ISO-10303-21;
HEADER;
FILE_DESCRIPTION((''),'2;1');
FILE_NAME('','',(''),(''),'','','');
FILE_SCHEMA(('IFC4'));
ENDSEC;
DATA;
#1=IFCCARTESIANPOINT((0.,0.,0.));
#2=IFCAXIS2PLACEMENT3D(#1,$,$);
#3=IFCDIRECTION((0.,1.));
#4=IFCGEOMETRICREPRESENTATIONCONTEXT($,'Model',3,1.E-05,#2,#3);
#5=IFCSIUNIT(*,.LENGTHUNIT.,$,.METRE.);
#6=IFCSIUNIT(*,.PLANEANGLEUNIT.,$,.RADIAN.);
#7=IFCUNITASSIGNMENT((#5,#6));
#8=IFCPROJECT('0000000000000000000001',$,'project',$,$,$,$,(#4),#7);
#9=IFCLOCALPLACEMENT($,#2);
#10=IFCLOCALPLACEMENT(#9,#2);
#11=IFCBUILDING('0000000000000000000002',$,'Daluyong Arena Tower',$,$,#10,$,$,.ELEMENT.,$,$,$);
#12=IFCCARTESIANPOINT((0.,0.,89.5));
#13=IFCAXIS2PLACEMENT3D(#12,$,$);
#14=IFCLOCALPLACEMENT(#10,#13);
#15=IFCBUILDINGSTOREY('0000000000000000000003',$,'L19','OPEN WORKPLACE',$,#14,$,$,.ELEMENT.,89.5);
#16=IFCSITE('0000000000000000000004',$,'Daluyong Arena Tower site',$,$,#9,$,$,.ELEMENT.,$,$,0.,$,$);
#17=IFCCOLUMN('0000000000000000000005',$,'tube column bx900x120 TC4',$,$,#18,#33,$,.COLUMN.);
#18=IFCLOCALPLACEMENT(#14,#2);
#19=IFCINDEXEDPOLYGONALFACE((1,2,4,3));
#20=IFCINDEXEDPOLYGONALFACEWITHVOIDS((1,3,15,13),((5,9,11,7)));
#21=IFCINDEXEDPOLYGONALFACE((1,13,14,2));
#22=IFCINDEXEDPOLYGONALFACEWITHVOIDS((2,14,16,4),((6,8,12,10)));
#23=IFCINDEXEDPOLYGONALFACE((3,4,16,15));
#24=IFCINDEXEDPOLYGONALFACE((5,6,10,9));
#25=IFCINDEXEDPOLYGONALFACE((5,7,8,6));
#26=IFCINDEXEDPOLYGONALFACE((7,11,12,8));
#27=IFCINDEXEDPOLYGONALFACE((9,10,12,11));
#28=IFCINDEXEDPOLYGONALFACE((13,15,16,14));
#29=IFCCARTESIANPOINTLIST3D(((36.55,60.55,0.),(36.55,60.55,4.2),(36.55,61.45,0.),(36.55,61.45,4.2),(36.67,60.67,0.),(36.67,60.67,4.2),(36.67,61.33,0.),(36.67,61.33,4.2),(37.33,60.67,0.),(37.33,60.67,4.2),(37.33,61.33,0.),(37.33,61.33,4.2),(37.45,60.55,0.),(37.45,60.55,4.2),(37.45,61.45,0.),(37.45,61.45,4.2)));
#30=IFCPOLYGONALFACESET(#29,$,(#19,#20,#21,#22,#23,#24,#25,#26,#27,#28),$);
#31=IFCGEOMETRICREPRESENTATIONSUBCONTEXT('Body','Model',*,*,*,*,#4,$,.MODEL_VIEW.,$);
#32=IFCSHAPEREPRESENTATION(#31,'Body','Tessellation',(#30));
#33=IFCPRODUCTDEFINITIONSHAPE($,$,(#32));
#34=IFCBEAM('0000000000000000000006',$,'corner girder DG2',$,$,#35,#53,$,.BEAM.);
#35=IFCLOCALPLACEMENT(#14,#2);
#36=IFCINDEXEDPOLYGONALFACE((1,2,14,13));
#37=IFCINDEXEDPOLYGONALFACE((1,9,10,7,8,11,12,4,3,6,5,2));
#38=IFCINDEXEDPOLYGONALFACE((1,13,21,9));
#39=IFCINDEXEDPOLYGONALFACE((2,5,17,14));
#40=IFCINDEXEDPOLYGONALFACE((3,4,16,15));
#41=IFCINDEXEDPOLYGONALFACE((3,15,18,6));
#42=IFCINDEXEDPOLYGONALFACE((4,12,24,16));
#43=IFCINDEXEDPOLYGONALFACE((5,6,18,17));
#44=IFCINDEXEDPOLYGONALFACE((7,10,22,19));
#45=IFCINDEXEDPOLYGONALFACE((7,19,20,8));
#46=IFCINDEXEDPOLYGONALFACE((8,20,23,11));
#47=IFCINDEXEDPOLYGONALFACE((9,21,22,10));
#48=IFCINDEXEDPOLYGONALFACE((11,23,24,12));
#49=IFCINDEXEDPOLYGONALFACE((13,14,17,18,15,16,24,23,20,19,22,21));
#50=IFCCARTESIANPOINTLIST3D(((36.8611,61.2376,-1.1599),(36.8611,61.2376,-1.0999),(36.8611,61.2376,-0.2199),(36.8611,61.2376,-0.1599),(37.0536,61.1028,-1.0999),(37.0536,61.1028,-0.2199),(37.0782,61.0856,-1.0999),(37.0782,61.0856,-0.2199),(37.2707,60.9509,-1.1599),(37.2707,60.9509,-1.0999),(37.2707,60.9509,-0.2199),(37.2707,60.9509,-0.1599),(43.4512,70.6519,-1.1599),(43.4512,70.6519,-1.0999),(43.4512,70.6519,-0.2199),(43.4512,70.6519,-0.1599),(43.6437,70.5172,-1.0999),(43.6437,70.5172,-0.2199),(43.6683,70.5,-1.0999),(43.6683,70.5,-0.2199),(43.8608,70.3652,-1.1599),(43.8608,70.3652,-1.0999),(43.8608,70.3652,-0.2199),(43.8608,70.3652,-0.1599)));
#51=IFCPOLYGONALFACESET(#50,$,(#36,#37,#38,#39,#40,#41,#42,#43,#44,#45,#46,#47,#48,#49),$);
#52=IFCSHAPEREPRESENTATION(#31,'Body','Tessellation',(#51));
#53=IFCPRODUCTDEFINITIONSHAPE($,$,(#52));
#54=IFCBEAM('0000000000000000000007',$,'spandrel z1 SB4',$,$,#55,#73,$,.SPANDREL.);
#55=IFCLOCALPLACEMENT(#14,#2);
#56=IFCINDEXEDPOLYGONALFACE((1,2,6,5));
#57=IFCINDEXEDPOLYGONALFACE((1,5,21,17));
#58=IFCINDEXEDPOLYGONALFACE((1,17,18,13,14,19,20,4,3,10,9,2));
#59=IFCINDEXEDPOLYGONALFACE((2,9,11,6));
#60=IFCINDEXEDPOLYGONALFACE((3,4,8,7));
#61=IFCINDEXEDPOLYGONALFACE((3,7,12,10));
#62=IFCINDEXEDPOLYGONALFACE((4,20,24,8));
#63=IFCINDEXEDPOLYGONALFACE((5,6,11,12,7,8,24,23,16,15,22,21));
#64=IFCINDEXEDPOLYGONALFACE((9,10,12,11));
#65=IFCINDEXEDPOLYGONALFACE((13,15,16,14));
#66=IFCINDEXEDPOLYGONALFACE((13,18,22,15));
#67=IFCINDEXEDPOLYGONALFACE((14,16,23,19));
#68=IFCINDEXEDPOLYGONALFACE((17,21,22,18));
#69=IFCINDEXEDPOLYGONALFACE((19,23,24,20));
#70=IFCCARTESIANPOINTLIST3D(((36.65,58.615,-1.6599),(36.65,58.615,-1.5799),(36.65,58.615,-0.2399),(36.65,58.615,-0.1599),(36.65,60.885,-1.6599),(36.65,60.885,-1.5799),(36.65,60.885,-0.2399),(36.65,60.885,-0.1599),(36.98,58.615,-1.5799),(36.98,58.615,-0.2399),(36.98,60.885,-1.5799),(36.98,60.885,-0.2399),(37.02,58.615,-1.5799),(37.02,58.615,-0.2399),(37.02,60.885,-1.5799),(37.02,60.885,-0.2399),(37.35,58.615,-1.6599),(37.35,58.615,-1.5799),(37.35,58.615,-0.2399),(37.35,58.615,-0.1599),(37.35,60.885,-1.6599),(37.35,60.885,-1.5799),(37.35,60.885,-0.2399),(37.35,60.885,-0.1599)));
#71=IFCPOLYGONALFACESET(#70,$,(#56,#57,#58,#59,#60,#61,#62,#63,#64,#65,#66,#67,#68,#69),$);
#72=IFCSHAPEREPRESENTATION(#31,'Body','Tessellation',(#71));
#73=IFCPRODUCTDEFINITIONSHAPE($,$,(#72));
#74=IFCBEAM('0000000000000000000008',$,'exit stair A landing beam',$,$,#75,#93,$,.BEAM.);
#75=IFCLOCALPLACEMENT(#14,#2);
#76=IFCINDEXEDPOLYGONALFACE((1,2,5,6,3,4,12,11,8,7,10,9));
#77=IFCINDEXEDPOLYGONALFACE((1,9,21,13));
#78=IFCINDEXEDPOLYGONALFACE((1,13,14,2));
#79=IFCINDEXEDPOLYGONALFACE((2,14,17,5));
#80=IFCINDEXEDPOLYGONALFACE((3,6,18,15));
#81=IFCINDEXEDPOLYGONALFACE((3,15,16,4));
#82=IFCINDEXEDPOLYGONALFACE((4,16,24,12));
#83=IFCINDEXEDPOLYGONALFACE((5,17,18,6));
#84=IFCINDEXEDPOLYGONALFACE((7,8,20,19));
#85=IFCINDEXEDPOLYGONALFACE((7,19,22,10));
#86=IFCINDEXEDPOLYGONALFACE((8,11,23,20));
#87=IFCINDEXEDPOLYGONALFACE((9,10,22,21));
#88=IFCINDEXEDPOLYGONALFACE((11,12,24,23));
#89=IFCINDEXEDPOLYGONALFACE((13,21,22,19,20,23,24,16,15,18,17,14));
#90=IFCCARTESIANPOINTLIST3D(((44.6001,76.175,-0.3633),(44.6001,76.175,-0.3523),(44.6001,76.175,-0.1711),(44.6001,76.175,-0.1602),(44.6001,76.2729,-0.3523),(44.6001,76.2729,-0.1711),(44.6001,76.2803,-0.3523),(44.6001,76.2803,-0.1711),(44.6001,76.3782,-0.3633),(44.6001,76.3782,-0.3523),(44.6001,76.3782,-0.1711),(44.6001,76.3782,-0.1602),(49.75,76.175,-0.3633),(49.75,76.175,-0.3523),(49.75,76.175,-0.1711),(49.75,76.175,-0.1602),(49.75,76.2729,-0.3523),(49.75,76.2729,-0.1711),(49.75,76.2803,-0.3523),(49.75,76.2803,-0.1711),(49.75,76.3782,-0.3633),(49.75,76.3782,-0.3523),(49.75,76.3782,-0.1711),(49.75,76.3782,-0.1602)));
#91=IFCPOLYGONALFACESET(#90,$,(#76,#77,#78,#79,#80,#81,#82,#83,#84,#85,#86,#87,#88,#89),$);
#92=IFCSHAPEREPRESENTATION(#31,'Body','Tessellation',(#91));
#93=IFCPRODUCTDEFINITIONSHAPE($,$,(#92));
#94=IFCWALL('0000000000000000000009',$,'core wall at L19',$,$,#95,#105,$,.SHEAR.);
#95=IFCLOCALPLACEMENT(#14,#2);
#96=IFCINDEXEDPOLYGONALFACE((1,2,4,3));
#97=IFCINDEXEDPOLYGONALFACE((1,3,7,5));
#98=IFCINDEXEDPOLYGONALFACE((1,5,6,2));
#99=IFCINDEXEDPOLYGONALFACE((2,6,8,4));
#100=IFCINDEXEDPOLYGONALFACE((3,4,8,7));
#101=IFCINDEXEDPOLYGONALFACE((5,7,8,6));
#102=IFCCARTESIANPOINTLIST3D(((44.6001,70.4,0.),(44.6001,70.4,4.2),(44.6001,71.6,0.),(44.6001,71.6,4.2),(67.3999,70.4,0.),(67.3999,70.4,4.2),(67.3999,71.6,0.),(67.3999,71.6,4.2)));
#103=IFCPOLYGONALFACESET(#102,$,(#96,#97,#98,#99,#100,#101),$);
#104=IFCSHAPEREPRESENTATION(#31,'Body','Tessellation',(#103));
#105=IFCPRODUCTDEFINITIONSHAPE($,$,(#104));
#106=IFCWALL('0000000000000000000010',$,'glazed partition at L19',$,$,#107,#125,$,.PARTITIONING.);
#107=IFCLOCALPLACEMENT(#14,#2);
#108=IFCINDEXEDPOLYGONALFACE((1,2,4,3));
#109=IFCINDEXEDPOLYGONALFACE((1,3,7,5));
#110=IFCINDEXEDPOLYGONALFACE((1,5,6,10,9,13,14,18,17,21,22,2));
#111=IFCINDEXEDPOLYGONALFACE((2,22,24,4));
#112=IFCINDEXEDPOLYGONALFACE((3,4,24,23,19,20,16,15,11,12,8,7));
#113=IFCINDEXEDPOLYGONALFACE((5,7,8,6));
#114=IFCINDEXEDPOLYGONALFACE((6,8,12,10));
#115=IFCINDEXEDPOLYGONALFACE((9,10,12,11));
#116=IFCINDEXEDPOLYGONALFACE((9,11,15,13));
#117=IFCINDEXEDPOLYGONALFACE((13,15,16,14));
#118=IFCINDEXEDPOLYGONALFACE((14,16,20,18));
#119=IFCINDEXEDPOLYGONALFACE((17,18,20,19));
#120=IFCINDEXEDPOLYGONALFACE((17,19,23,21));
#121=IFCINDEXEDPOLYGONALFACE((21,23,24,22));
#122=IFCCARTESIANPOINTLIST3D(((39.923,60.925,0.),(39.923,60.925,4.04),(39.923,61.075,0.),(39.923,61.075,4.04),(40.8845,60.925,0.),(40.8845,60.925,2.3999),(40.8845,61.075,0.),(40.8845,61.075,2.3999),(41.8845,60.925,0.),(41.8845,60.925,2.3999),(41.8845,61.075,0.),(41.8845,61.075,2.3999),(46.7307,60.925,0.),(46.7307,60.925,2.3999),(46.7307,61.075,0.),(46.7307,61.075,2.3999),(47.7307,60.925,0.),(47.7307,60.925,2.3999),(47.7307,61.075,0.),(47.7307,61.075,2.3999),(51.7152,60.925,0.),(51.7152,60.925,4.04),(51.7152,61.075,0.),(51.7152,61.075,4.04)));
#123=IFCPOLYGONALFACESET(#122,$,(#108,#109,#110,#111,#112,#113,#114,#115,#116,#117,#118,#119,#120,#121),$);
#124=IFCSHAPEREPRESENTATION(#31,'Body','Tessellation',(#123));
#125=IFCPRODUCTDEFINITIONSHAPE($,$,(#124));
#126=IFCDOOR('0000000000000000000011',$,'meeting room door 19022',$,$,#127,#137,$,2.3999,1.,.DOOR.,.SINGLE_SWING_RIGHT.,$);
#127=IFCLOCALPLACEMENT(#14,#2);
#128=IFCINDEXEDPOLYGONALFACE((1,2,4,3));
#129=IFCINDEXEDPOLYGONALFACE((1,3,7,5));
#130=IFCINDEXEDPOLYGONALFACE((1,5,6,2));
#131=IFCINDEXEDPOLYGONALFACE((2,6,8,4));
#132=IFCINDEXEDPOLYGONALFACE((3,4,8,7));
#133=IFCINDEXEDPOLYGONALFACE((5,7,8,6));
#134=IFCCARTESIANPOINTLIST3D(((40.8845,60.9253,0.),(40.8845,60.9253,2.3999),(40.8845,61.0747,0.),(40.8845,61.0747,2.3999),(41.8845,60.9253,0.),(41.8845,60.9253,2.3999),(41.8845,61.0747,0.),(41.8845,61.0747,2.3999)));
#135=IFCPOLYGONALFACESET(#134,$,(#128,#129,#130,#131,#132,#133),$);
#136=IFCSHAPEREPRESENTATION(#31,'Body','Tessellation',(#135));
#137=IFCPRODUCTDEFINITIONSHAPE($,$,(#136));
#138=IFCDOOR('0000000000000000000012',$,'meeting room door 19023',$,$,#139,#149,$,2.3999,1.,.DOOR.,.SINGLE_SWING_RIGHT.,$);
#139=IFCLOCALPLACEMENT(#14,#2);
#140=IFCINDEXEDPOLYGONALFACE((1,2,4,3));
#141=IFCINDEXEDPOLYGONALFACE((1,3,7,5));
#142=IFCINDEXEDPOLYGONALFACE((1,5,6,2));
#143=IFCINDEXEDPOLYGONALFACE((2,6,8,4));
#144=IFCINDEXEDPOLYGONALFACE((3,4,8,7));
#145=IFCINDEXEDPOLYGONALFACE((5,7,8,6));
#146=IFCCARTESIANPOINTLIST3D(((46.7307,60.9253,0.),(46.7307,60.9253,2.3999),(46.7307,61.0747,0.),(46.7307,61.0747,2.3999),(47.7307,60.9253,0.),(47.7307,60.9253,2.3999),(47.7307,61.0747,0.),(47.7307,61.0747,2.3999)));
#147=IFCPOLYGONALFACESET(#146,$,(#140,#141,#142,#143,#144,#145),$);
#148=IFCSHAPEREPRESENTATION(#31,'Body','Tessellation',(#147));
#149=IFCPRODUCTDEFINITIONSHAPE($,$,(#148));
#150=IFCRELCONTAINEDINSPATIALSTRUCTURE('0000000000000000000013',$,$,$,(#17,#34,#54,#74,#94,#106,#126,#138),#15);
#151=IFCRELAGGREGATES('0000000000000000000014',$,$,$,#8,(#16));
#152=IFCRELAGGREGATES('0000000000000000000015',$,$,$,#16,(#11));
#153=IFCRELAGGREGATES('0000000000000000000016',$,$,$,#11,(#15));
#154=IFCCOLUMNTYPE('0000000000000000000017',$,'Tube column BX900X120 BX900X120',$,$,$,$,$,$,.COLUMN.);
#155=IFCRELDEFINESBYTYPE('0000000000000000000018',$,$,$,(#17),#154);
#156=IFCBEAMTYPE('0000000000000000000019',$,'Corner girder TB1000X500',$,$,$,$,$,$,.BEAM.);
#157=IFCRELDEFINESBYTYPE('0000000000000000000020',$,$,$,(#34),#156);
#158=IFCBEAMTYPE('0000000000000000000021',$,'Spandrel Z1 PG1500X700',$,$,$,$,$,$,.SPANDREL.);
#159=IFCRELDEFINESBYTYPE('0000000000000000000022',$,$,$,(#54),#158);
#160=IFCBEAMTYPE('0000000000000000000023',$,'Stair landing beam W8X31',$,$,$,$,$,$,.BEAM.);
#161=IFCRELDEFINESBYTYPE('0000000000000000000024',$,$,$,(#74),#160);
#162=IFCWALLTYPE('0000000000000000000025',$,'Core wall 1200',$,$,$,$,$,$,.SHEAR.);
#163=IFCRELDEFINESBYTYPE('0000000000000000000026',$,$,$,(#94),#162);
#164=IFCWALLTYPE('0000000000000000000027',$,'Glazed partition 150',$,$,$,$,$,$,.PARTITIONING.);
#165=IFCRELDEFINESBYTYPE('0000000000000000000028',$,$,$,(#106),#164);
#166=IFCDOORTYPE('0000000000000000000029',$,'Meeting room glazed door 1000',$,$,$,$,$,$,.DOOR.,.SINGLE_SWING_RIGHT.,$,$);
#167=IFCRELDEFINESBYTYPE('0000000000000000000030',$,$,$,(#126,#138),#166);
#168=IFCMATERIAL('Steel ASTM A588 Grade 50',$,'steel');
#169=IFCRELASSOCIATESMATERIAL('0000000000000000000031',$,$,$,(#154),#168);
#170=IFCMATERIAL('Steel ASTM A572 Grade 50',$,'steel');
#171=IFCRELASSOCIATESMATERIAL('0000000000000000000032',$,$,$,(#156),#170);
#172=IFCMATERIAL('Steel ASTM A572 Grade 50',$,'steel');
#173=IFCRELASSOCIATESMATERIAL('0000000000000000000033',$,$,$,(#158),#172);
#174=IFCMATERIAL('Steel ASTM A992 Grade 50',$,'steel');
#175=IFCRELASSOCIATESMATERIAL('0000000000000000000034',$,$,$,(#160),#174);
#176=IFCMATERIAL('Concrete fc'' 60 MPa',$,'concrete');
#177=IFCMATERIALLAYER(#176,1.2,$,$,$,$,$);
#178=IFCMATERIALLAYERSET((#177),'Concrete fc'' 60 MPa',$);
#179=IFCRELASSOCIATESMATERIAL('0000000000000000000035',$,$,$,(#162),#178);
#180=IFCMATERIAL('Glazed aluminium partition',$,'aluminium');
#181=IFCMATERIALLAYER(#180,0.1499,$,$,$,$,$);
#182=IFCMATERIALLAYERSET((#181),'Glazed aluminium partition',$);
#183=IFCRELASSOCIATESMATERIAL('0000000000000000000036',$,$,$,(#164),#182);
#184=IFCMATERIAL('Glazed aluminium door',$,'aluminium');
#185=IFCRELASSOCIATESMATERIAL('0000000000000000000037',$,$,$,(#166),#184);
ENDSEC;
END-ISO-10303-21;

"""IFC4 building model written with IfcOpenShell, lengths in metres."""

from ifc_helpers import new_model, si_unit, direction, frame, frame_2d, origin, origin_2d, place, context, subcontext, project, spatial, rectangle, hollow_rectangle, i_section, extrude, material, layer, layer_set, material_profile, profile_set, type_object, element, fill, save


model = new_model("IFC4")

# Units and contexts
model_context = context("Model", 3, precision=1e-05, world=origin(), true_north=direction((0.0, 1.0)))
body_context = subcontext(model_context, "Body", "Model", "MODEL_VIEW")
ifc_project = project(units=[si_unit("LENGTHUNIT", "METRE"), si_unit("PLANEANGLEUNIT", "RADIAN")], contexts=[model_context])

# Site, building, storey
site_placement = place(None, origin())
site = spatial("IfcSite", under=ifc_project, at=site_placement, Name="Daluyong Arena Tower site", CompositionType="ELEMENT", RefElevation=0.0)
building_placement = place(site_placement, origin())
building = spatial("IfcBuilding", under=site, at=building_placement, Name="Daluyong Arena Tower", CompositionType="ELEMENT")
storey_placement = place(building_placement, frame((0.0, 0.0, 89.5)))
storey = spatial("IfcBuildingStorey", under=building, at=storey_placement, Name="L19", Description="OPEN WORKPLACE", CompositionType="ELEMENT", Elevation=89.5)

# Column
ifc_material_1 = material(Name="Steel ASTM A588 Grade 50", Category="steel")
ifc_material_profile_1 = material_profile(ifc_material_1, hollow_rectangle(XDim=0.8999, YDim=0.8999, WallThickness=0.12, at=origin_2d()))
ifc_profile_set_1 = profile_set([ifc_material_profile_1], Name="Steel ASTM A588 Grade 50")
column_type = type_object("IfcColumnType", Name="Tube column BX900X120 BX900X120", PredefinedType="COLUMN", material=ifc_profile_set_1)
column_placement = place(storey_placement, frame((37.0, 61.0, 0.0), z_axis=(0.0, 0.0, 1.0), x_axis=(0.0, 1.0, 0.0)))
element("IfcColumn", 1, at=column_placement, inside=storey, type_object=column_type, Name="tube column bx900x120 TC4", PredefinedType="COLUMN", context=body_context, shape_type="SweptSolid", body=[
    extrude(hollow_rectangle(XDim=0.8999, YDim=0.8999, WallThickness=0.12, at=origin_2d()), origin(), (0.0, 0.0, 1.0), 4.2),
])

# Beams
ifc_material_2 = material(Name="Steel ASTM A572 Grade 50", Category="steel")
ifc_material_profile_2 = material_profile(ifc_material_2, i_section(OverallWidth=0.5, OverallDepth=1.0, WebThickness=0.03, FlangeThickness=0.06, at=origin_2d()))
ifc_profile_set_2 = profile_set([ifc_material_profile_2], Name="Steel ASTM A572 Grade 50")
beam_type_1 = type_object("IfcBeamType", Name="Corner girder TB1000X500", PredefinedType="BEAM", material=ifc_profile_set_2)
beam_1_placement = place(storey_placement, frame((37.0659, 61.0942, -0.6599), z_axis=(0.573467, 0.819229, 0.0), x_axis=(-0.819229, 0.573467, 0.0)))
element("IfcBeam", 2, at=beam_1_placement, inside=storey, type_object=beam_type_1, Name="corner girder DG2", PredefinedType="BEAM", context=body_context, shape_type="SweptSolid", body=[
    extrude(i_section(OverallWidth=0.5, OverallDepth=1.0, WebThickness=0.03, FlangeThickness=0.06, at=origin_2d()), origin(), (0.0, 0.0, 1.0), 11.4917),
])
ifc_material_3 = material(Name="Steel ASTM A572 Grade 50", Category="steel")
ifc_material_profile_3 = material_profile(ifc_material_3, i_section(OverallWidth=0.7, OverallDepth=1.5, WebThickness=0.04, FlangeThickness=0.08, at=origin_2d()))
ifc_profile_set_3 = profile_set([ifc_material_profile_3], Name="Steel ASTM A572 Grade 50")
beam_type_2 = type_object("IfcBeamType", Name="Spandrel Z1 PG1500X700", PredefinedType="SPANDREL", material=ifc_profile_set_3)
beam_2_placement = place(storey_placement, frame((37.0, 60.885, -0.9099), z_axis=(0.0, -1.0, 0.0), x_axis=(1.0, 0.0, 0.0)))
element("IfcBeam", 3, at=beam_2_placement, inside=storey, type_object=beam_type_2, Name="spandrel z1 SB4", PredefinedType="SPANDREL", context=body_context, shape_type="SweptSolid", body=[
    extrude(i_section(OverallWidth=0.7, OverallDepth=1.5, WebThickness=0.04, FlangeThickness=0.08, at=origin_2d()), origin(), (0.0, 0.0, 1.0), 2.27),
])
ifc_material_4 = material(Name="Steel ASTM A992 Grade 50", Category="steel")
ifc_material_profile_4 = material_profile(ifc_material_4, i_section(OverallWidth=0.2031, OverallDepth=0.2031, WebThickness=0.0073, FlangeThickness=0.011, at=origin_2d()))
ifc_profile_set_4 = profile_set([ifc_material_profile_4], Name="Steel ASTM A992 Grade 50")
beam_type_3 = type_object("IfcBeamType", Name="Stair landing beam W8X31", PredefinedType="BEAM", material=ifc_profile_set_4)
beam_3_placement = place(storey_placement, frame((44.6001, 76.2766, -0.2617), z_axis=(1.0, 0.0, 0.0), x_axis=(0.0, 1.0, 0.0)))
element("IfcBeam", 4, at=beam_3_placement, inside=storey, type_object=beam_type_3, Name="exit stair A landing beam", PredefinedType="BEAM", context=body_context, shape_type="SweptSolid", body=[
    extrude(i_section(OverallWidth=0.2031, OverallDepth=0.2031, WebThickness=0.0073, FlangeThickness=0.011, at=origin_2d()), origin(), (0.0, 0.0, 1.0), 5.1499),
])

# Shared definitions
ifc_material_5 = material(Name="Concrete fc' 60 MPa", Category="concrete")
ifc_layer_1 = layer(ifc_material_5, 1.2)
ifc_layer_set_1 = layer_set([ifc_layer_1], Name="Concrete fc' 60 MPa")
wall_type_1 = type_object("IfcWallType", Name="Core wall 1200", PredefinedType="SHEAR", material=ifc_layer_set_1)

# Wall
wall_1_placement = place(storey_placement, frame((44.6001, 71.0, 0.0), z_axis=(0.0, 0.0, 1.0), x_axis=(1.0, 0.0, 0.0)))
element("IfcWall", 5, at=wall_1_placement, inside=storey, type_object=wall_type_1, Name="core wall at L19", PredefinedType="SHEAR", context=body_context, shape_type="SweptSolid", body=[
    extrude(rectangle(XDim=22.7998, YDim=1.2, at=frame_2d((11.3999, 0.0))), origin(), (0.0, 0.0, 1.0), 4.2),
])

# Wall, openings, doors
ifc_material_6 = material(Name="Glazed aluminium partition", Category="aluminium")
ifc_layer_2 = layer(ifc_material_6, 0.1499)
ifc_layer_set_2 = layer_set([ifc_layer_2], Name="Glazed aluminium partition")
wall_type_2 = type_object("IfcWallType", Name="Glazed partition 150", PredefinedType="PARTITIONING", material=ifc_layer_set_2)
wall_2_placement = place(storey_placement, frame((39.9231, 61.0, 0.0), z_axis=(0.0, 0.0, 1.0), x_axis=(1.0, 0.0, 0.0)))
wall_2 = element("IfcWall", 6, at=wall_2_placement, inside=storey, type_object=wall_type_2, Name="glazed partition at L19", PredefinedType="PARTITIONING", context=body_context, shape_type="SweptSolid", body=[
    extrude(rectangle(XDim=11.7922, YDim=0.1499, at=frame_2d((5.896, 0.0))), origin(), (0.0, 0.0, 1.0), 4.04),
])
opening_1_placement = place(wall_2_placement, frame((0.9614, 0.0, 0.0)))
opening_1 = element("IfcOpeningElement", 7, at=opening_1_placement, cuts=wall_2, PredefinedType="OPENING", context=body_context, shape_type="SweptSolid", body=[
    extrude(rectangle(XDim=1.0, YDim=2.3999, at=frame_2d((0.5, 1.2))), frame((0.0, 0.085, 0.0), z_axis=(0.0, -1.0, 0.0), x_axis=(1.0, 0.0, 0.0)), (0.0, 0.0, 1.0), 0.1699),
])
opening_2_placement = place(wall_2_placement, frame((6.8076, 0.0, 0.0)))
opening_2 = element("IfcOpeningElement", 8, at=opening_2_placement, cuts=wall_2, PredefinedType="OPENING", context=body_context, shape_type="SweptSolid", body=[
    extrude(rectangle(XDim=1.0, YDim=2.3999, at=frame_2d((0.5, 1.2))), frame((0.0, 0.085, 0.0), z_axis=(0.0, -1.0, 0.0), x_axis=(1.0, 0.0, 0.0)), (0.0, 0.0, 1.0), 0.1699),
])
ifc_material_7 = material(Name="Glazed aluminium door", Category="aluminium")
door_type_1 = type_object("IfcDoorType", Name="Meeting room glazed door 1000", OperationType="SINGLE_SWING_RIGHT", PredefinedType="DOOR", material=ifc_material_7)
door_1_placement = place(opening_1_placement, origin())
door_1 = element("IfcDoor", 9, at=door_1_placement, inside=storey, type_object=door_type_1, Name="meeting room door 19022", OperationType="SINGLE_SWING_RIGHT", OverallHeight=2.3999, OverallWidth=1.0, PredefinedType="DOOR", context=body_context, shape_type="SweptSolid", body=[
    extrude(rectangle(XDim=1.0, YDim=2.3999, at=frame_2d((0.5, 1.2))), frame((0.0, 0.0747, 0.0), z_axis=(0.0, -1.0, 0.0), x_axis=(1.0, 0.0, 0.0)), (0.0, 0.0, 1.0), 0.1494),
])
fill(opening_1, door_1)
door_2_placement = place(opening_2_placement, origin())
door_2 = element("IfcDoor", 10, at=door_2_placement, inside=storey, type_object=door_type_1, Name="meeting room door 19023", OperationType="SINGLE_SWING_RIGHT", OverallHeight=2.3999, OverallWidth=1.0, PredefinedType="DOOR", context=body_context, shape_type="SweptSolid", body=[
    extrude(rectangle(XDim=1.0, YDim=2.3999, at=frame_2d((0.5, 1.2))), frame((0.0, 0.0747, 0.0), z_axis=(0.0, -1.0, 0.0), x_axis=(1.0, 0.0, 0.0)), (0.0, 0.0, 1.0), 0.1494),
])
fill(opening_2, door_2)

save(model, "model.ifc")
